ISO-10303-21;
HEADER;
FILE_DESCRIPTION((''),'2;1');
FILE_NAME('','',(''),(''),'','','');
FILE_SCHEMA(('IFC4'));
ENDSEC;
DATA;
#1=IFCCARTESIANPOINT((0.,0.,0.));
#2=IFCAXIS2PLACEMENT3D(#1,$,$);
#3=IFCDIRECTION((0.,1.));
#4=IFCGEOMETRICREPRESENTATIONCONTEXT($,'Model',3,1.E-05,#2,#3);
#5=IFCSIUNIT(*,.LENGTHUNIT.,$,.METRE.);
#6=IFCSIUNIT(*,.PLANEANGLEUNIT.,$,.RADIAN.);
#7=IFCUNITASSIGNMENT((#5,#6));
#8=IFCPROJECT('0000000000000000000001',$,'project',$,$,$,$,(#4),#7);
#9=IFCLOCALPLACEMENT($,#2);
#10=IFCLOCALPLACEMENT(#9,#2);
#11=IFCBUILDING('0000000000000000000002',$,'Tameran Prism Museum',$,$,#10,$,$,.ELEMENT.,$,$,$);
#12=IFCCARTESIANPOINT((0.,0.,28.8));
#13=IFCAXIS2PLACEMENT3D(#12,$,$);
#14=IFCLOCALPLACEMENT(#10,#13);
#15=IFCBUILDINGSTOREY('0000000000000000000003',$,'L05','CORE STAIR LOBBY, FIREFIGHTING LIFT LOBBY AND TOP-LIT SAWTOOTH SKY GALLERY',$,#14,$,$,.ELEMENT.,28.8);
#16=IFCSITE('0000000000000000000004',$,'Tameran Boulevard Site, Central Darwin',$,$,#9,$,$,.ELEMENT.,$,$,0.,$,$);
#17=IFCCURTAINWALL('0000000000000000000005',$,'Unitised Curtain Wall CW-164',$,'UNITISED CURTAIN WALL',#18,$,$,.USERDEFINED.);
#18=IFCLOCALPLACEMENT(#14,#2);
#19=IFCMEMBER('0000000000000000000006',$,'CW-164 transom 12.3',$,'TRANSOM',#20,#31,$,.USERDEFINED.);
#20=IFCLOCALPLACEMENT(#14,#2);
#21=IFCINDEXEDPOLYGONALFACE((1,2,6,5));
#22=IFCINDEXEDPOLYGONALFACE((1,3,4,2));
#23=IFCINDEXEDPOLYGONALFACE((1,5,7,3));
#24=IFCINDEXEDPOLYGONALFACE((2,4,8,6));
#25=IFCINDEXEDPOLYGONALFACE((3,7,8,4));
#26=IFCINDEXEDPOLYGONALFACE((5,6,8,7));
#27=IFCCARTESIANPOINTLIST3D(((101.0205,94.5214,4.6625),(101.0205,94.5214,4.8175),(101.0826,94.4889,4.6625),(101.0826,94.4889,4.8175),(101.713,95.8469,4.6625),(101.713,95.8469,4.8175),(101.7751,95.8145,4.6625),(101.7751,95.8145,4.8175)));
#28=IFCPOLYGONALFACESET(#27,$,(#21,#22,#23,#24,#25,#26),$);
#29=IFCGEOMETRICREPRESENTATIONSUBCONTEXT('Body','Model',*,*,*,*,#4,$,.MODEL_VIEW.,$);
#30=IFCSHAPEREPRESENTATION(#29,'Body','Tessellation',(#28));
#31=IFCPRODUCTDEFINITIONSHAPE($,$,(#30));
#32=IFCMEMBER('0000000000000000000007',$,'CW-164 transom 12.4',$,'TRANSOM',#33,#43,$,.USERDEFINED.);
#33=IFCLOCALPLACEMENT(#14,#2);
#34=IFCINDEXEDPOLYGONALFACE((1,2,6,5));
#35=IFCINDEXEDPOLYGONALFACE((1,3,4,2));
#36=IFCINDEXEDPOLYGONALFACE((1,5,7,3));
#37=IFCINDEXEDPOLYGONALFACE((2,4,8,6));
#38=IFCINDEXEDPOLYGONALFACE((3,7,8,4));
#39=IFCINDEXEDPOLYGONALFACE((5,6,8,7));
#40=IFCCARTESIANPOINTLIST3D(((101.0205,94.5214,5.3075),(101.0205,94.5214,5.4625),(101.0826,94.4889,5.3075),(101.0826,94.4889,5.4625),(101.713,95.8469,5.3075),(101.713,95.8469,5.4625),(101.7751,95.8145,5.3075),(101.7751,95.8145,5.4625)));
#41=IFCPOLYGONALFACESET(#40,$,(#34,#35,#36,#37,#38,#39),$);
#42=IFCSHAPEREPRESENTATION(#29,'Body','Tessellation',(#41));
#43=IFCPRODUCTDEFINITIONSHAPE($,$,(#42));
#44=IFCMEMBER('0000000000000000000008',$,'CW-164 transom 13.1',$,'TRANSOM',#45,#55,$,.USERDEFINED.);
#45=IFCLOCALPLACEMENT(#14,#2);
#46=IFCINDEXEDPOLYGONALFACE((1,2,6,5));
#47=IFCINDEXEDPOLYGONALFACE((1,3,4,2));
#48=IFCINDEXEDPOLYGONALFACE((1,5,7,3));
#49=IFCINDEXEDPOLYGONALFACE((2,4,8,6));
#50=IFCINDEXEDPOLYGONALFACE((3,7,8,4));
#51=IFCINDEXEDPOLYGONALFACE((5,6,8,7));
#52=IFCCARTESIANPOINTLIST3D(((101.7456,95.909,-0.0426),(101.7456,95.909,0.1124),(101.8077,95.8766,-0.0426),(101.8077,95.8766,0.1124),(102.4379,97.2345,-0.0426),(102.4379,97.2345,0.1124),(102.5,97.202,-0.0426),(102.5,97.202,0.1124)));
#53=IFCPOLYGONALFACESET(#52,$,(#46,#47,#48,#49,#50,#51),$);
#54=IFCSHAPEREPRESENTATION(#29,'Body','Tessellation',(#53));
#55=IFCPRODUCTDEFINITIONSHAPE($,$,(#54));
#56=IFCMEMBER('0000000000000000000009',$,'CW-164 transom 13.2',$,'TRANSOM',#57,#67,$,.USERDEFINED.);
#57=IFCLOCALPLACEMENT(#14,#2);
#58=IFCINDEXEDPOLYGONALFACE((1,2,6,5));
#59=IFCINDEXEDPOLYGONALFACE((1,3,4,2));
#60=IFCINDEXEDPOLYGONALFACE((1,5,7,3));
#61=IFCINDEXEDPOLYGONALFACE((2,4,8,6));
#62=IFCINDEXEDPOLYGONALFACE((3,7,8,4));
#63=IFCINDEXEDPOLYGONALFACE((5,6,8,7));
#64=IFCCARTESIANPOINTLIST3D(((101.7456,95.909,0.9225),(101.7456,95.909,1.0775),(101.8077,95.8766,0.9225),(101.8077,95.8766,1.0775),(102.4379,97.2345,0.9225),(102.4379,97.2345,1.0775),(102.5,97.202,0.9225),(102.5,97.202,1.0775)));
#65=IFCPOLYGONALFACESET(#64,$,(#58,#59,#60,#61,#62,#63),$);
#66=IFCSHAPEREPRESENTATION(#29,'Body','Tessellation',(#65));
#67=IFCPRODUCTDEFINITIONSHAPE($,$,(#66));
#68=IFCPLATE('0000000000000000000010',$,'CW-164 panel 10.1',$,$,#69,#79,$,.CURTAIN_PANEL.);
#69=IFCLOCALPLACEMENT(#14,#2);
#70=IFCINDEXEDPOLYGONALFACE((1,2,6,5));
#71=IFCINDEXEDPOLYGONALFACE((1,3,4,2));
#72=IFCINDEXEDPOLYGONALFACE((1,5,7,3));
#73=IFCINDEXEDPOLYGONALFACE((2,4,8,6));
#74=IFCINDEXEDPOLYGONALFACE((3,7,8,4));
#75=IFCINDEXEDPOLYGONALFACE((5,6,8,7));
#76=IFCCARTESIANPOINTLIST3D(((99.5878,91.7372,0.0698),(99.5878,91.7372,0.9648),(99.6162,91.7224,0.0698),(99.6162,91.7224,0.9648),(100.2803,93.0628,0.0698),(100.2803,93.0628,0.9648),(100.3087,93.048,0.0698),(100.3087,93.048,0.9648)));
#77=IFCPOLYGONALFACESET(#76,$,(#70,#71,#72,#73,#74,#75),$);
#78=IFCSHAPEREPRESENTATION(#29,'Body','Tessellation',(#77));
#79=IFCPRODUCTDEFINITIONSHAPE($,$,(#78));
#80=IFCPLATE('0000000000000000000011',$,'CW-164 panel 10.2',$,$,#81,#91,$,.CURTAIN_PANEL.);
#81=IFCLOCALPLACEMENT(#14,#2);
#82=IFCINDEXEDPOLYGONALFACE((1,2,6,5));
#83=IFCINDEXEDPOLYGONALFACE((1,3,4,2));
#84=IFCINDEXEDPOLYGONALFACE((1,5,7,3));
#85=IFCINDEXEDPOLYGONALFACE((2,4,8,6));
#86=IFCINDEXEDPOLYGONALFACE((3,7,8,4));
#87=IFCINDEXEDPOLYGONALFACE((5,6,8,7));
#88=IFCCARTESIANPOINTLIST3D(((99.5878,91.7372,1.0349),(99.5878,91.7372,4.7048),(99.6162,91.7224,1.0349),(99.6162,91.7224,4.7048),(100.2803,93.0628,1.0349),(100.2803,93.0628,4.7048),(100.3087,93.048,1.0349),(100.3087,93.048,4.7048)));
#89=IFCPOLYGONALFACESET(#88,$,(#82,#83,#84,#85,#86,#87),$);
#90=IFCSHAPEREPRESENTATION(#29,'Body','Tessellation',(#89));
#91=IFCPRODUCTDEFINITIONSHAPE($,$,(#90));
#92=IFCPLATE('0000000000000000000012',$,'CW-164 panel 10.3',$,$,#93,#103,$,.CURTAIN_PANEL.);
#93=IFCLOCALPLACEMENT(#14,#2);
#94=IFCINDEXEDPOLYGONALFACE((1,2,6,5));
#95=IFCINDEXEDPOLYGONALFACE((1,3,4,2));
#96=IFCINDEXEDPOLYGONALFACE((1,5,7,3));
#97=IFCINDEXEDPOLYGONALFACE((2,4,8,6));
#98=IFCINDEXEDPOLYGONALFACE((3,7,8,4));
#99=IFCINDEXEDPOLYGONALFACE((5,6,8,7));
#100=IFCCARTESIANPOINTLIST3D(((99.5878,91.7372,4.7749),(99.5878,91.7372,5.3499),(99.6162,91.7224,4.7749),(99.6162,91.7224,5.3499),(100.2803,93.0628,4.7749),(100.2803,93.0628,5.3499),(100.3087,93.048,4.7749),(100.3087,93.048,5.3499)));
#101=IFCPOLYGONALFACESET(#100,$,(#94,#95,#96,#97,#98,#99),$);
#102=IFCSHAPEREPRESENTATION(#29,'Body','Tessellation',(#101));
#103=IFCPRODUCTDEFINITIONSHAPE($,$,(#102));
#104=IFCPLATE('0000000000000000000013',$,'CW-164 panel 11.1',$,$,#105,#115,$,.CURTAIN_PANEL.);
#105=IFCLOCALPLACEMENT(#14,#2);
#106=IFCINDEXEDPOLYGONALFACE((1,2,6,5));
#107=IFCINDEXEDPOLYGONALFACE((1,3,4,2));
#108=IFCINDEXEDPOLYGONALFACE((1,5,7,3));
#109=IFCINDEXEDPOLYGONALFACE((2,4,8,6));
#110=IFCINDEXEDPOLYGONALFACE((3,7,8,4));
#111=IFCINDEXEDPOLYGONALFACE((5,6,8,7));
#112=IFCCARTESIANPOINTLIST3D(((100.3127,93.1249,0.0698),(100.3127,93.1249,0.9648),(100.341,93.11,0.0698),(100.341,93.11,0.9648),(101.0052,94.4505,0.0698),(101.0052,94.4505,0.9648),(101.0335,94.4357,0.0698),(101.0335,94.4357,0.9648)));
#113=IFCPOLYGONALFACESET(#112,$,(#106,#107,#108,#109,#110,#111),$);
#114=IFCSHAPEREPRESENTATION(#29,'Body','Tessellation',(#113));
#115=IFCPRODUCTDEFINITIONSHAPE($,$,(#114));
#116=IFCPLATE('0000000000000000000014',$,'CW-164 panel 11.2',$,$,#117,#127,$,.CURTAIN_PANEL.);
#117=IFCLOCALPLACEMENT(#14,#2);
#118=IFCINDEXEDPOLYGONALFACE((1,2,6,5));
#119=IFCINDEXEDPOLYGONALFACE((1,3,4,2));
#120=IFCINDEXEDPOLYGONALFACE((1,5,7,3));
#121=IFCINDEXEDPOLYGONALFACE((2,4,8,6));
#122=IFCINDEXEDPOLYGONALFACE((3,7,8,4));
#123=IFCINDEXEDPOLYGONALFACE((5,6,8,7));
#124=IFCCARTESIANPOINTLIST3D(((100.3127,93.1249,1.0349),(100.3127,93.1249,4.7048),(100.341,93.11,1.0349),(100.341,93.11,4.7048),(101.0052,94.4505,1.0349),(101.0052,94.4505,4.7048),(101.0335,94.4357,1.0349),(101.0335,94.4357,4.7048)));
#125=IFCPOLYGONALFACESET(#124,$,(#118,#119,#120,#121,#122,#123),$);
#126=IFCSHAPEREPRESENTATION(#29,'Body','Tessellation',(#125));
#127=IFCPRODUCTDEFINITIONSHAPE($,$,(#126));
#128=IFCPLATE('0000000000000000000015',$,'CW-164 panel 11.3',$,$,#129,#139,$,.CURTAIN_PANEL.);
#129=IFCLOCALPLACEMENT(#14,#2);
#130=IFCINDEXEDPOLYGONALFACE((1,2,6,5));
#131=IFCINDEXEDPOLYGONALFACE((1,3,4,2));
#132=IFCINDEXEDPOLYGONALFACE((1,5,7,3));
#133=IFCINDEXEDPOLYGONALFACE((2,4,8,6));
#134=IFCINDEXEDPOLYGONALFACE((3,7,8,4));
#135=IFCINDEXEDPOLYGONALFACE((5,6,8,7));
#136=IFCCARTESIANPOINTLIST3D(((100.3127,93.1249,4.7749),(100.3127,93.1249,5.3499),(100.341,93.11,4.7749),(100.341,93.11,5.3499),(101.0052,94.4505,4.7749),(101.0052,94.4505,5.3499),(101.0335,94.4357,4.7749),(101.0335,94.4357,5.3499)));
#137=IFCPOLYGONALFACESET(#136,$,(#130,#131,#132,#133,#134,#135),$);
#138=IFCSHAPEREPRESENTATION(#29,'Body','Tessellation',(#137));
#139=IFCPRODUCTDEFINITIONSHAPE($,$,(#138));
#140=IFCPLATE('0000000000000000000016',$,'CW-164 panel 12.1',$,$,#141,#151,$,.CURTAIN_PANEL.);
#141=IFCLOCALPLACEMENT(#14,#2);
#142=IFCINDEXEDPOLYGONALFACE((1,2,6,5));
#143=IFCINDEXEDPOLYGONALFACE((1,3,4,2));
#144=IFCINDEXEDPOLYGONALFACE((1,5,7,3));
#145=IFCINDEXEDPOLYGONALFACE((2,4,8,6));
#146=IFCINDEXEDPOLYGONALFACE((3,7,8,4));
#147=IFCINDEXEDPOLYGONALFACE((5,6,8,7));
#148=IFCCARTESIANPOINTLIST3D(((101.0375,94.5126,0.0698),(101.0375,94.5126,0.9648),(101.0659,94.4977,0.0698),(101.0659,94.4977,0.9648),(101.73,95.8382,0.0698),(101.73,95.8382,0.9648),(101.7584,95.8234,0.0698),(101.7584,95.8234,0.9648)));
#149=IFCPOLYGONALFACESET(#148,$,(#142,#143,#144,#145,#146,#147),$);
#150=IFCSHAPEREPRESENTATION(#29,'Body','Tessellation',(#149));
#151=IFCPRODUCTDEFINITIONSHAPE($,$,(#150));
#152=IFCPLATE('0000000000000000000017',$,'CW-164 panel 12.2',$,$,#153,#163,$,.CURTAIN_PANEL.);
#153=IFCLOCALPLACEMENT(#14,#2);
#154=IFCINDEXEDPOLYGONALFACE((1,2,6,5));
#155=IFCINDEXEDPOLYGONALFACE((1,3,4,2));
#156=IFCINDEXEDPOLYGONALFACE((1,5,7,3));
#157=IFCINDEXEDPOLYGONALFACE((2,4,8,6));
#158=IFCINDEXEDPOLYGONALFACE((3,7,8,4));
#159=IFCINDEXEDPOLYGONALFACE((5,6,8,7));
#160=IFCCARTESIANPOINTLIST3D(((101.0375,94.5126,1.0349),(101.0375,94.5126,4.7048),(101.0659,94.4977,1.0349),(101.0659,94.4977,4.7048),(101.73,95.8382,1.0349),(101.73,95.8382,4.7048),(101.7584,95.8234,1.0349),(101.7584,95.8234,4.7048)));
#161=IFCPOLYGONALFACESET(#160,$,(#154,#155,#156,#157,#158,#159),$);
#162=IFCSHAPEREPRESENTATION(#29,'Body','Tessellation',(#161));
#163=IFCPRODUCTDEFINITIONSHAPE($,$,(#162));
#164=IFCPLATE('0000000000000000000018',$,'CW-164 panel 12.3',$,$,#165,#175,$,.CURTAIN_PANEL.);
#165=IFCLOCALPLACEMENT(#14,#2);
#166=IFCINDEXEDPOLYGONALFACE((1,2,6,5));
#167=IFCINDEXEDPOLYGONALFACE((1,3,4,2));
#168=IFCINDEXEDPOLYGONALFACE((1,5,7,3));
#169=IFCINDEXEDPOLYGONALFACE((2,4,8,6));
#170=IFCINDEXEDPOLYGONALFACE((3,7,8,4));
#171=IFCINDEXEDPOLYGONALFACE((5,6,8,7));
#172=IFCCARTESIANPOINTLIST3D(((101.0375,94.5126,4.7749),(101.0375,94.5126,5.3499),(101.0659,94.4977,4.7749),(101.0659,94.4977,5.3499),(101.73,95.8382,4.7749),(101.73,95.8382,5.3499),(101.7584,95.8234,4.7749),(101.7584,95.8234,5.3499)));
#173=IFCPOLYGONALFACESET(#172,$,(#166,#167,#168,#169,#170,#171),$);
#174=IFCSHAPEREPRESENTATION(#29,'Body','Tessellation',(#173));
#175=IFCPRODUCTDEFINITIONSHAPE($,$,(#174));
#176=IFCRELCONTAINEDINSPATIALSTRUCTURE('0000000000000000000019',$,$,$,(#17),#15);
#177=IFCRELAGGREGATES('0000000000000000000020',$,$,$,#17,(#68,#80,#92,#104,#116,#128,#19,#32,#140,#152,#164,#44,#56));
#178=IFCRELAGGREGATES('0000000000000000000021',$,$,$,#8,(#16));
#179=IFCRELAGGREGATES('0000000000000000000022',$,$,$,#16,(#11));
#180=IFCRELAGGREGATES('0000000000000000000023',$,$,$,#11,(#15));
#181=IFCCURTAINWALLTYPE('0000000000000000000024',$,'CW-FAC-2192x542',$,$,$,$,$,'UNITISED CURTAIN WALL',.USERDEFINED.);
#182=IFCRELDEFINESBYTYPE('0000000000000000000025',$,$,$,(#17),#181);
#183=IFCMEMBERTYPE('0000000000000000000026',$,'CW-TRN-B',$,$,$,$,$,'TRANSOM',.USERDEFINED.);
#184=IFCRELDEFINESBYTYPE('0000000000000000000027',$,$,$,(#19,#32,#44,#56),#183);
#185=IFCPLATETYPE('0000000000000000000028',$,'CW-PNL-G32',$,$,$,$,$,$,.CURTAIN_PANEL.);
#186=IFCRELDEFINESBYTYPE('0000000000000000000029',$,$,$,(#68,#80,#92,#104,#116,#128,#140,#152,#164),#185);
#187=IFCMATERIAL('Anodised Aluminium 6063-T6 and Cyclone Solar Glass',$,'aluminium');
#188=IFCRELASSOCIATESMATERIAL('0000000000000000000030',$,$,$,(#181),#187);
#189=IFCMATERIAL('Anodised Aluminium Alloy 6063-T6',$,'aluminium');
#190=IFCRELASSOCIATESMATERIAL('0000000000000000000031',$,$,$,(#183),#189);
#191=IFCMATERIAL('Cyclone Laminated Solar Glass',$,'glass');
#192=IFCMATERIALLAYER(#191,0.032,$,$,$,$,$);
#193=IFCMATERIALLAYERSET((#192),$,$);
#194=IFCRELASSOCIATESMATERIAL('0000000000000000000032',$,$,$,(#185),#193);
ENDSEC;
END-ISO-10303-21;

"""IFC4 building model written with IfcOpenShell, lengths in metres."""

from ifc_helpers import new_model, si_unit, direction, frame, origin, origin_2d, place, context, subcontext, project, spatial, rectangle, extrude, material, layer, layer_set, material_profile, profile_set, type_object, element, aggregate, save


model = new_model("IFC4")

# Units and contexts
model_context = context("Model", 3, precision=1e-05, world=origin(), true_north=direction((0.0, 1.0)))
body_context = subcontext(model_context, "Body", "Model", "MODEL_VIEW")
ifc_project = project(units=[si_unit("LENGTHUNIT", "METRE"), si_unit("PLANEANGLEUNIT", "RADIAN")], contexts=[model_context])

# Site, building, storey
site_placement = place(None, origin())
site = spatial("IfcSite", under=ifc_project, at=site_placement, Name="Tameran Boulevard Site, Central Darwin", CompositionType="ELEMENT", RefElevation=0.0)
building_placement = place(site_placement, origin())
building = spatial("IfcBuilding", under=site, at=building_placement, Name="Tameran Prism Museum", CompositionType="ELEMENT")
storey_placement = place(building_placement, frame((0.0, 0.0, 28.8)))
storey = spatial("IfcBuildingStorey", under=building, at=storey_placement, Name="L05", Description="CORE STAIR LOBBY, FIREFIGHTING LIFT LOBBY AND TOP-LIT SAWTOOTH SKY GALLERY", CompositionType="ELEMENT", Elevation=28.8)

# Curtain wall, members, plates
ifc_material_1 = material(Name="Anodised Aluminium 6063-T6 and Cyclone Solar Glass", Category="aluminium")
curtain_wall_type = type_object("IfcCurtainWallType", Name="CW-FAC-2192x542", ElementType="UNITISED CURTAIN WALL", PredefinedType="USERDEFINED", material=ifc_material_1)
curtain_wall_placement = place(storey_placement, origin())
curtain_wall = element("IfcCurtainWall", 1, at=curtain_wall_placement, inside=storey, type_object=curtain_wall_type, Name="Unitised Curtain Wall CW-164", ObjectType="UNITISED CURTAIN WALL", PredefinedType="USERDEFINED")
ifc_material_2 = material(Name="Anodised Aluminium Alloy 6063-T6", Category="aluminium")
ifc_material_profile_1 = material_profile(ifc_material_2, rectangle(XDim=0.0701, YDim=0.155, at=origin_2d()))
ifc_profile_set_1 = profile_set([ifc_material_profile_1])
member_type_1 = type_object("IfcMemberType", Name="CW-TRN-B", ElementType="TRANSOM", PredefinedType="USERDEFINED", material=ifc_profile_set_1)
member_1_placement = place(storey_placement, frame((101.0515, 94.5051, 4.74), z_axis=(0.463074, 0.88632, 0.0), x_axis=(-0.88632, 0.463074, 0.0)))
member_1 = element("IfcMember", 2, at=member_1_placement, type_object=member_type_1, Name="CW-164 transom 12.3", ObjectType="TRANSOM", PredefinedType="USERDEFINED", context=body_context, shape_type="SweptSolid", body=[
    extrude(rectangle(XDim=0.0701, YDim=0.155, at=origin_2d()), origin(), (0.0, 0.0, 1.0), 1.4956),
])
member_2_placement = place(storey_placement, frame((101.0515, 94.5051, 5.385), z_axis=(0.463074, 0.88632, 0.0), x_axis=(-0.88632, 0.463074, 0.0)))
member_2 = element("IfcMember", 3, at=member_2_placement, type_object=member_type_1, Name="CW-164 transom 12.4", ObjectType="TRANSOM", PredefinedType="USERDEFINED", context=body_context, shape_type="SweptSolid", body=[
    extrude(rectangle(XDim=0.0701, YDim=0.155, at=origin_2d()), origin(), (0.0, 0.0, 1.0), 1.4956),
])
member_3_placement = place(storey_placement, frame((101.7766, 95.8928, 0.0349), z_axis=(0.463012, 0.886352, 0.0), x_axis=(-0.886352, 0.463012, 0.0)))
member_3 = element("IfcMember", 4, at=member_3_placement, type_object=member_type_1, Name="CW-164 transom 13.1", ObjectType="TRANSOM", PredefinedType="USERDEFINED", context=body_context, shape_type="SweptSolid", body=[
    extrude(rectangle(XDim=0.0701, YDim=0.155, at=origin_2d()), origin(), (0.0, 0.0, 1.0), 1.4954),
])
member_4_placement = place(storey_placement, frame((101.7766, 95.8928, 1.0), z_axis=(0.463012, 0.886352, 0.0), x_axis=(-0.886352, 0.463012, 0.0)))
member_4 = element("IfcMember", 5, at=member_4_placement, type_object=member_type_1, Name="CW-164 transom 13.2", ObjectType="TRANSOM", PredefinedType="USERDEFINED", context=body_context, shape_type="SweptSolid", body=[
    extrude(rectangle(XDim=0.0701, YDim=0.155, at=origin_2d()), origin(), (0.0, 0.0, 1.0), 1.4954),
])
ifc_material_3 = material(Name="Cyclone Laminated Solar Glass", Category="glass")
ifc_layer = layer(ifc_material_3, 0.032)
ifc_layer_set = layer_set([ifc_layer])
plate_type = type_object("IfcPlateType", Name="CW-PNL-G32", PredefinedType="CURTAIN_PANEL", material=ifc_layer_set)
plate_1_placement = place(storey_placement, frame((99.9482, 92.3926, 0.0698), z_axis=(0.0, 0.0, 1.0), x_axis=(0.463003, 0.886357, 0.0)))
plate_1 = element("IfcPlate", 6, at=plate_1_placement, type_object=plate_type, Name="CW-164 panel 10.1", PredefinedType="CURTAIN_PANEL", context=body_context, shape_type="SweptSolid", body=[
    extrude(rectangle(XDim=1.4956, YDim=0.032, at=origin_2d()), origin(), (0.0, 0.0, 1.0), 0.895),
])
plate_2_placement = place(storey_placement, frame((99.9482, 92.3926, 1.0349), z_axis=(0.0, 0.0, 1.0), x_axis=(0.463003, 0.886357, 0.0)))
plate_2 = element("IfcPlate", 7, at=plate_2_placement, type_object=plate_type, Name="CW-164 panel 10.2", PredefinedType="CURTAIN_PANEL", context=body_context, shape_type="SweptSolid", body=[
    extrude(rectangle(XDim=1.4956, YDim=0.032, at=origin_2d()), origin(), (0.0, 0.0, 1.0), 3.6699),
])
plate_3_placement = place(storey_placement, frame((99.9482, 92.3926, 4.7749), z_axis=(0.0, 0.0, 1.0), x_axis=(0.463003, 0.886357, 0.0)))
plate_3 = element("IfcPlate", 8, at=plate_3_placement, type_object=plate_type, Name="CW-164 panel 10.3", PredefinedType="CURTAIN_PANEL", context=body_context, shape_type="SweptSolid", body=[
    extrude(rectangle(XDim=1.4956, YDim=0.032, at=origin_2d()), origin(), (0.0, 0.0, 1.0), 0.575),
])
plate_4_placement = place(storey_placement, frame((100.6731, 93.7803, 0.0698), z_axis=(0.0, 0.0, 1.0), x_axis=(0.463003, 0.886357, 0.0)))
plate_4 = element("IfcPlate", 9, at=plate_4_placement, type_object=plate_type, Name="CW-164 panel 11.1", PredefinedType="CURTAIN_PANEL", context=body_context, shape_type="SweptSolid", body=[
    extrude(rectangle(XDim=1.4956, YDim=0.032, at=origin_2d()), origin(), (0.0, 0.0, 1.0), 0.895),
])
plate_5_placement = place(storey_placement, frame((100.6731, 93.7803, 1.0349), z_axis=(0.0, 0.0, 1.0), x_axis=(0.463003, 0.886357, 0.0)))
plate_5 = element("IfcPlate", 10, at=plate_5_placement, type_object=plate_type, Name="CW-164 panel 11.2", PredefinedType="CURTAIN_PANEL", context=body_context, shape_type="SweptSolid", body=[
    extrude(rectangle(XDim=1.4956, YDim=0.032, at=origin_2d()), origin(), (0.0, 0.0, 1.0), 3.6699),
])
plate_6_placement = place(storey_placement, frame((100.6731, 93.7803, 4.7749), z_axis=(0.0, 0.0, 1.0), x_axis=(0.463003, 0.886357, 0.0)))
plate_6 = element("IfcPlate", 11, at=plate_6_placement, type_object=plate_type, Name="CW-164 panel 11.3", PredefinedType="CURTAIN_PANEL", context=body_context, shape_type="SweptSolid", body=[
    extrude(rectangle(XDim=1.4956, YDim=0.032, at=origin_2d()), origin(), (0.0, 0.0, 1.0), 0.575),
])
plate_7_placement = place(storey_placement, frame((101.3979, 95.168, 0.0698), z_axis=(0.0, 0.0, 1.0), x_axis=(0.463003, 0.886357, 0.0)))
plate_7 = element("IfcPlate", 12, at=plate_7_placement, type_object=plate_type, Name="CW-164 panel 12.1", PredefinedType="CURTAIN_PANEL", context=body_context, shape_type="SweptSolid", body=[
    extrude(rectangle(XDim=1.4956, YDim=0.032, at=origin_2d()), origin(), (0.0, 0.0, 1.0), 0.895),
])
plate_8_placement = place(storey_placement, frame((101.3979, 95.168, 1.0349), z_axis=(0.0, 0.0, 1.0), x_axis=(0.463003, 0.886357, 0.0)))
plate_8 = element("IfcPlate", 13, at=plate_8_placement, type_object=plate_type, Name="CW-164 panel 12.2", PredefinedType="CURTAIN_PANEL", context=body_context, shape_type="SweptSolid", body=[
    extrude(rectangle(XDim=1.4956, YDim=0.032, at=origin_2d()), origin(), (0.0, 0.0, 1.0), 3.6699),
])
plate_9_placement = place(storey_placement, frame((101.3979, 95.168, 4.7749), z_axis=(0.0, 0.0, 1.0), x_axis=(0.463003, 0.886357, 0.0)))
plate_9 = element("IfcPlate", 14, at=plate_9_placement, type_object=plate_type, Name="CW-164 panel 12.3", PredefinedType="CURTAIN_PANEL", context=body_context, shape_type="SweptSolid", body=[
    extrude(rectangle(XDim=1.4956, YDim=0.032, at=origin_2d()), origin(), (0.0, 0.0, 1.0), 0.575),
])
aggregate(curtain_wall, [plate_1, plate_2, plate_3, plate_4, plate_5, plate_6, member_1, member_2, plate_7, plate_8, plate_9, member_3, member_4])

save(model, "model.ifc")
